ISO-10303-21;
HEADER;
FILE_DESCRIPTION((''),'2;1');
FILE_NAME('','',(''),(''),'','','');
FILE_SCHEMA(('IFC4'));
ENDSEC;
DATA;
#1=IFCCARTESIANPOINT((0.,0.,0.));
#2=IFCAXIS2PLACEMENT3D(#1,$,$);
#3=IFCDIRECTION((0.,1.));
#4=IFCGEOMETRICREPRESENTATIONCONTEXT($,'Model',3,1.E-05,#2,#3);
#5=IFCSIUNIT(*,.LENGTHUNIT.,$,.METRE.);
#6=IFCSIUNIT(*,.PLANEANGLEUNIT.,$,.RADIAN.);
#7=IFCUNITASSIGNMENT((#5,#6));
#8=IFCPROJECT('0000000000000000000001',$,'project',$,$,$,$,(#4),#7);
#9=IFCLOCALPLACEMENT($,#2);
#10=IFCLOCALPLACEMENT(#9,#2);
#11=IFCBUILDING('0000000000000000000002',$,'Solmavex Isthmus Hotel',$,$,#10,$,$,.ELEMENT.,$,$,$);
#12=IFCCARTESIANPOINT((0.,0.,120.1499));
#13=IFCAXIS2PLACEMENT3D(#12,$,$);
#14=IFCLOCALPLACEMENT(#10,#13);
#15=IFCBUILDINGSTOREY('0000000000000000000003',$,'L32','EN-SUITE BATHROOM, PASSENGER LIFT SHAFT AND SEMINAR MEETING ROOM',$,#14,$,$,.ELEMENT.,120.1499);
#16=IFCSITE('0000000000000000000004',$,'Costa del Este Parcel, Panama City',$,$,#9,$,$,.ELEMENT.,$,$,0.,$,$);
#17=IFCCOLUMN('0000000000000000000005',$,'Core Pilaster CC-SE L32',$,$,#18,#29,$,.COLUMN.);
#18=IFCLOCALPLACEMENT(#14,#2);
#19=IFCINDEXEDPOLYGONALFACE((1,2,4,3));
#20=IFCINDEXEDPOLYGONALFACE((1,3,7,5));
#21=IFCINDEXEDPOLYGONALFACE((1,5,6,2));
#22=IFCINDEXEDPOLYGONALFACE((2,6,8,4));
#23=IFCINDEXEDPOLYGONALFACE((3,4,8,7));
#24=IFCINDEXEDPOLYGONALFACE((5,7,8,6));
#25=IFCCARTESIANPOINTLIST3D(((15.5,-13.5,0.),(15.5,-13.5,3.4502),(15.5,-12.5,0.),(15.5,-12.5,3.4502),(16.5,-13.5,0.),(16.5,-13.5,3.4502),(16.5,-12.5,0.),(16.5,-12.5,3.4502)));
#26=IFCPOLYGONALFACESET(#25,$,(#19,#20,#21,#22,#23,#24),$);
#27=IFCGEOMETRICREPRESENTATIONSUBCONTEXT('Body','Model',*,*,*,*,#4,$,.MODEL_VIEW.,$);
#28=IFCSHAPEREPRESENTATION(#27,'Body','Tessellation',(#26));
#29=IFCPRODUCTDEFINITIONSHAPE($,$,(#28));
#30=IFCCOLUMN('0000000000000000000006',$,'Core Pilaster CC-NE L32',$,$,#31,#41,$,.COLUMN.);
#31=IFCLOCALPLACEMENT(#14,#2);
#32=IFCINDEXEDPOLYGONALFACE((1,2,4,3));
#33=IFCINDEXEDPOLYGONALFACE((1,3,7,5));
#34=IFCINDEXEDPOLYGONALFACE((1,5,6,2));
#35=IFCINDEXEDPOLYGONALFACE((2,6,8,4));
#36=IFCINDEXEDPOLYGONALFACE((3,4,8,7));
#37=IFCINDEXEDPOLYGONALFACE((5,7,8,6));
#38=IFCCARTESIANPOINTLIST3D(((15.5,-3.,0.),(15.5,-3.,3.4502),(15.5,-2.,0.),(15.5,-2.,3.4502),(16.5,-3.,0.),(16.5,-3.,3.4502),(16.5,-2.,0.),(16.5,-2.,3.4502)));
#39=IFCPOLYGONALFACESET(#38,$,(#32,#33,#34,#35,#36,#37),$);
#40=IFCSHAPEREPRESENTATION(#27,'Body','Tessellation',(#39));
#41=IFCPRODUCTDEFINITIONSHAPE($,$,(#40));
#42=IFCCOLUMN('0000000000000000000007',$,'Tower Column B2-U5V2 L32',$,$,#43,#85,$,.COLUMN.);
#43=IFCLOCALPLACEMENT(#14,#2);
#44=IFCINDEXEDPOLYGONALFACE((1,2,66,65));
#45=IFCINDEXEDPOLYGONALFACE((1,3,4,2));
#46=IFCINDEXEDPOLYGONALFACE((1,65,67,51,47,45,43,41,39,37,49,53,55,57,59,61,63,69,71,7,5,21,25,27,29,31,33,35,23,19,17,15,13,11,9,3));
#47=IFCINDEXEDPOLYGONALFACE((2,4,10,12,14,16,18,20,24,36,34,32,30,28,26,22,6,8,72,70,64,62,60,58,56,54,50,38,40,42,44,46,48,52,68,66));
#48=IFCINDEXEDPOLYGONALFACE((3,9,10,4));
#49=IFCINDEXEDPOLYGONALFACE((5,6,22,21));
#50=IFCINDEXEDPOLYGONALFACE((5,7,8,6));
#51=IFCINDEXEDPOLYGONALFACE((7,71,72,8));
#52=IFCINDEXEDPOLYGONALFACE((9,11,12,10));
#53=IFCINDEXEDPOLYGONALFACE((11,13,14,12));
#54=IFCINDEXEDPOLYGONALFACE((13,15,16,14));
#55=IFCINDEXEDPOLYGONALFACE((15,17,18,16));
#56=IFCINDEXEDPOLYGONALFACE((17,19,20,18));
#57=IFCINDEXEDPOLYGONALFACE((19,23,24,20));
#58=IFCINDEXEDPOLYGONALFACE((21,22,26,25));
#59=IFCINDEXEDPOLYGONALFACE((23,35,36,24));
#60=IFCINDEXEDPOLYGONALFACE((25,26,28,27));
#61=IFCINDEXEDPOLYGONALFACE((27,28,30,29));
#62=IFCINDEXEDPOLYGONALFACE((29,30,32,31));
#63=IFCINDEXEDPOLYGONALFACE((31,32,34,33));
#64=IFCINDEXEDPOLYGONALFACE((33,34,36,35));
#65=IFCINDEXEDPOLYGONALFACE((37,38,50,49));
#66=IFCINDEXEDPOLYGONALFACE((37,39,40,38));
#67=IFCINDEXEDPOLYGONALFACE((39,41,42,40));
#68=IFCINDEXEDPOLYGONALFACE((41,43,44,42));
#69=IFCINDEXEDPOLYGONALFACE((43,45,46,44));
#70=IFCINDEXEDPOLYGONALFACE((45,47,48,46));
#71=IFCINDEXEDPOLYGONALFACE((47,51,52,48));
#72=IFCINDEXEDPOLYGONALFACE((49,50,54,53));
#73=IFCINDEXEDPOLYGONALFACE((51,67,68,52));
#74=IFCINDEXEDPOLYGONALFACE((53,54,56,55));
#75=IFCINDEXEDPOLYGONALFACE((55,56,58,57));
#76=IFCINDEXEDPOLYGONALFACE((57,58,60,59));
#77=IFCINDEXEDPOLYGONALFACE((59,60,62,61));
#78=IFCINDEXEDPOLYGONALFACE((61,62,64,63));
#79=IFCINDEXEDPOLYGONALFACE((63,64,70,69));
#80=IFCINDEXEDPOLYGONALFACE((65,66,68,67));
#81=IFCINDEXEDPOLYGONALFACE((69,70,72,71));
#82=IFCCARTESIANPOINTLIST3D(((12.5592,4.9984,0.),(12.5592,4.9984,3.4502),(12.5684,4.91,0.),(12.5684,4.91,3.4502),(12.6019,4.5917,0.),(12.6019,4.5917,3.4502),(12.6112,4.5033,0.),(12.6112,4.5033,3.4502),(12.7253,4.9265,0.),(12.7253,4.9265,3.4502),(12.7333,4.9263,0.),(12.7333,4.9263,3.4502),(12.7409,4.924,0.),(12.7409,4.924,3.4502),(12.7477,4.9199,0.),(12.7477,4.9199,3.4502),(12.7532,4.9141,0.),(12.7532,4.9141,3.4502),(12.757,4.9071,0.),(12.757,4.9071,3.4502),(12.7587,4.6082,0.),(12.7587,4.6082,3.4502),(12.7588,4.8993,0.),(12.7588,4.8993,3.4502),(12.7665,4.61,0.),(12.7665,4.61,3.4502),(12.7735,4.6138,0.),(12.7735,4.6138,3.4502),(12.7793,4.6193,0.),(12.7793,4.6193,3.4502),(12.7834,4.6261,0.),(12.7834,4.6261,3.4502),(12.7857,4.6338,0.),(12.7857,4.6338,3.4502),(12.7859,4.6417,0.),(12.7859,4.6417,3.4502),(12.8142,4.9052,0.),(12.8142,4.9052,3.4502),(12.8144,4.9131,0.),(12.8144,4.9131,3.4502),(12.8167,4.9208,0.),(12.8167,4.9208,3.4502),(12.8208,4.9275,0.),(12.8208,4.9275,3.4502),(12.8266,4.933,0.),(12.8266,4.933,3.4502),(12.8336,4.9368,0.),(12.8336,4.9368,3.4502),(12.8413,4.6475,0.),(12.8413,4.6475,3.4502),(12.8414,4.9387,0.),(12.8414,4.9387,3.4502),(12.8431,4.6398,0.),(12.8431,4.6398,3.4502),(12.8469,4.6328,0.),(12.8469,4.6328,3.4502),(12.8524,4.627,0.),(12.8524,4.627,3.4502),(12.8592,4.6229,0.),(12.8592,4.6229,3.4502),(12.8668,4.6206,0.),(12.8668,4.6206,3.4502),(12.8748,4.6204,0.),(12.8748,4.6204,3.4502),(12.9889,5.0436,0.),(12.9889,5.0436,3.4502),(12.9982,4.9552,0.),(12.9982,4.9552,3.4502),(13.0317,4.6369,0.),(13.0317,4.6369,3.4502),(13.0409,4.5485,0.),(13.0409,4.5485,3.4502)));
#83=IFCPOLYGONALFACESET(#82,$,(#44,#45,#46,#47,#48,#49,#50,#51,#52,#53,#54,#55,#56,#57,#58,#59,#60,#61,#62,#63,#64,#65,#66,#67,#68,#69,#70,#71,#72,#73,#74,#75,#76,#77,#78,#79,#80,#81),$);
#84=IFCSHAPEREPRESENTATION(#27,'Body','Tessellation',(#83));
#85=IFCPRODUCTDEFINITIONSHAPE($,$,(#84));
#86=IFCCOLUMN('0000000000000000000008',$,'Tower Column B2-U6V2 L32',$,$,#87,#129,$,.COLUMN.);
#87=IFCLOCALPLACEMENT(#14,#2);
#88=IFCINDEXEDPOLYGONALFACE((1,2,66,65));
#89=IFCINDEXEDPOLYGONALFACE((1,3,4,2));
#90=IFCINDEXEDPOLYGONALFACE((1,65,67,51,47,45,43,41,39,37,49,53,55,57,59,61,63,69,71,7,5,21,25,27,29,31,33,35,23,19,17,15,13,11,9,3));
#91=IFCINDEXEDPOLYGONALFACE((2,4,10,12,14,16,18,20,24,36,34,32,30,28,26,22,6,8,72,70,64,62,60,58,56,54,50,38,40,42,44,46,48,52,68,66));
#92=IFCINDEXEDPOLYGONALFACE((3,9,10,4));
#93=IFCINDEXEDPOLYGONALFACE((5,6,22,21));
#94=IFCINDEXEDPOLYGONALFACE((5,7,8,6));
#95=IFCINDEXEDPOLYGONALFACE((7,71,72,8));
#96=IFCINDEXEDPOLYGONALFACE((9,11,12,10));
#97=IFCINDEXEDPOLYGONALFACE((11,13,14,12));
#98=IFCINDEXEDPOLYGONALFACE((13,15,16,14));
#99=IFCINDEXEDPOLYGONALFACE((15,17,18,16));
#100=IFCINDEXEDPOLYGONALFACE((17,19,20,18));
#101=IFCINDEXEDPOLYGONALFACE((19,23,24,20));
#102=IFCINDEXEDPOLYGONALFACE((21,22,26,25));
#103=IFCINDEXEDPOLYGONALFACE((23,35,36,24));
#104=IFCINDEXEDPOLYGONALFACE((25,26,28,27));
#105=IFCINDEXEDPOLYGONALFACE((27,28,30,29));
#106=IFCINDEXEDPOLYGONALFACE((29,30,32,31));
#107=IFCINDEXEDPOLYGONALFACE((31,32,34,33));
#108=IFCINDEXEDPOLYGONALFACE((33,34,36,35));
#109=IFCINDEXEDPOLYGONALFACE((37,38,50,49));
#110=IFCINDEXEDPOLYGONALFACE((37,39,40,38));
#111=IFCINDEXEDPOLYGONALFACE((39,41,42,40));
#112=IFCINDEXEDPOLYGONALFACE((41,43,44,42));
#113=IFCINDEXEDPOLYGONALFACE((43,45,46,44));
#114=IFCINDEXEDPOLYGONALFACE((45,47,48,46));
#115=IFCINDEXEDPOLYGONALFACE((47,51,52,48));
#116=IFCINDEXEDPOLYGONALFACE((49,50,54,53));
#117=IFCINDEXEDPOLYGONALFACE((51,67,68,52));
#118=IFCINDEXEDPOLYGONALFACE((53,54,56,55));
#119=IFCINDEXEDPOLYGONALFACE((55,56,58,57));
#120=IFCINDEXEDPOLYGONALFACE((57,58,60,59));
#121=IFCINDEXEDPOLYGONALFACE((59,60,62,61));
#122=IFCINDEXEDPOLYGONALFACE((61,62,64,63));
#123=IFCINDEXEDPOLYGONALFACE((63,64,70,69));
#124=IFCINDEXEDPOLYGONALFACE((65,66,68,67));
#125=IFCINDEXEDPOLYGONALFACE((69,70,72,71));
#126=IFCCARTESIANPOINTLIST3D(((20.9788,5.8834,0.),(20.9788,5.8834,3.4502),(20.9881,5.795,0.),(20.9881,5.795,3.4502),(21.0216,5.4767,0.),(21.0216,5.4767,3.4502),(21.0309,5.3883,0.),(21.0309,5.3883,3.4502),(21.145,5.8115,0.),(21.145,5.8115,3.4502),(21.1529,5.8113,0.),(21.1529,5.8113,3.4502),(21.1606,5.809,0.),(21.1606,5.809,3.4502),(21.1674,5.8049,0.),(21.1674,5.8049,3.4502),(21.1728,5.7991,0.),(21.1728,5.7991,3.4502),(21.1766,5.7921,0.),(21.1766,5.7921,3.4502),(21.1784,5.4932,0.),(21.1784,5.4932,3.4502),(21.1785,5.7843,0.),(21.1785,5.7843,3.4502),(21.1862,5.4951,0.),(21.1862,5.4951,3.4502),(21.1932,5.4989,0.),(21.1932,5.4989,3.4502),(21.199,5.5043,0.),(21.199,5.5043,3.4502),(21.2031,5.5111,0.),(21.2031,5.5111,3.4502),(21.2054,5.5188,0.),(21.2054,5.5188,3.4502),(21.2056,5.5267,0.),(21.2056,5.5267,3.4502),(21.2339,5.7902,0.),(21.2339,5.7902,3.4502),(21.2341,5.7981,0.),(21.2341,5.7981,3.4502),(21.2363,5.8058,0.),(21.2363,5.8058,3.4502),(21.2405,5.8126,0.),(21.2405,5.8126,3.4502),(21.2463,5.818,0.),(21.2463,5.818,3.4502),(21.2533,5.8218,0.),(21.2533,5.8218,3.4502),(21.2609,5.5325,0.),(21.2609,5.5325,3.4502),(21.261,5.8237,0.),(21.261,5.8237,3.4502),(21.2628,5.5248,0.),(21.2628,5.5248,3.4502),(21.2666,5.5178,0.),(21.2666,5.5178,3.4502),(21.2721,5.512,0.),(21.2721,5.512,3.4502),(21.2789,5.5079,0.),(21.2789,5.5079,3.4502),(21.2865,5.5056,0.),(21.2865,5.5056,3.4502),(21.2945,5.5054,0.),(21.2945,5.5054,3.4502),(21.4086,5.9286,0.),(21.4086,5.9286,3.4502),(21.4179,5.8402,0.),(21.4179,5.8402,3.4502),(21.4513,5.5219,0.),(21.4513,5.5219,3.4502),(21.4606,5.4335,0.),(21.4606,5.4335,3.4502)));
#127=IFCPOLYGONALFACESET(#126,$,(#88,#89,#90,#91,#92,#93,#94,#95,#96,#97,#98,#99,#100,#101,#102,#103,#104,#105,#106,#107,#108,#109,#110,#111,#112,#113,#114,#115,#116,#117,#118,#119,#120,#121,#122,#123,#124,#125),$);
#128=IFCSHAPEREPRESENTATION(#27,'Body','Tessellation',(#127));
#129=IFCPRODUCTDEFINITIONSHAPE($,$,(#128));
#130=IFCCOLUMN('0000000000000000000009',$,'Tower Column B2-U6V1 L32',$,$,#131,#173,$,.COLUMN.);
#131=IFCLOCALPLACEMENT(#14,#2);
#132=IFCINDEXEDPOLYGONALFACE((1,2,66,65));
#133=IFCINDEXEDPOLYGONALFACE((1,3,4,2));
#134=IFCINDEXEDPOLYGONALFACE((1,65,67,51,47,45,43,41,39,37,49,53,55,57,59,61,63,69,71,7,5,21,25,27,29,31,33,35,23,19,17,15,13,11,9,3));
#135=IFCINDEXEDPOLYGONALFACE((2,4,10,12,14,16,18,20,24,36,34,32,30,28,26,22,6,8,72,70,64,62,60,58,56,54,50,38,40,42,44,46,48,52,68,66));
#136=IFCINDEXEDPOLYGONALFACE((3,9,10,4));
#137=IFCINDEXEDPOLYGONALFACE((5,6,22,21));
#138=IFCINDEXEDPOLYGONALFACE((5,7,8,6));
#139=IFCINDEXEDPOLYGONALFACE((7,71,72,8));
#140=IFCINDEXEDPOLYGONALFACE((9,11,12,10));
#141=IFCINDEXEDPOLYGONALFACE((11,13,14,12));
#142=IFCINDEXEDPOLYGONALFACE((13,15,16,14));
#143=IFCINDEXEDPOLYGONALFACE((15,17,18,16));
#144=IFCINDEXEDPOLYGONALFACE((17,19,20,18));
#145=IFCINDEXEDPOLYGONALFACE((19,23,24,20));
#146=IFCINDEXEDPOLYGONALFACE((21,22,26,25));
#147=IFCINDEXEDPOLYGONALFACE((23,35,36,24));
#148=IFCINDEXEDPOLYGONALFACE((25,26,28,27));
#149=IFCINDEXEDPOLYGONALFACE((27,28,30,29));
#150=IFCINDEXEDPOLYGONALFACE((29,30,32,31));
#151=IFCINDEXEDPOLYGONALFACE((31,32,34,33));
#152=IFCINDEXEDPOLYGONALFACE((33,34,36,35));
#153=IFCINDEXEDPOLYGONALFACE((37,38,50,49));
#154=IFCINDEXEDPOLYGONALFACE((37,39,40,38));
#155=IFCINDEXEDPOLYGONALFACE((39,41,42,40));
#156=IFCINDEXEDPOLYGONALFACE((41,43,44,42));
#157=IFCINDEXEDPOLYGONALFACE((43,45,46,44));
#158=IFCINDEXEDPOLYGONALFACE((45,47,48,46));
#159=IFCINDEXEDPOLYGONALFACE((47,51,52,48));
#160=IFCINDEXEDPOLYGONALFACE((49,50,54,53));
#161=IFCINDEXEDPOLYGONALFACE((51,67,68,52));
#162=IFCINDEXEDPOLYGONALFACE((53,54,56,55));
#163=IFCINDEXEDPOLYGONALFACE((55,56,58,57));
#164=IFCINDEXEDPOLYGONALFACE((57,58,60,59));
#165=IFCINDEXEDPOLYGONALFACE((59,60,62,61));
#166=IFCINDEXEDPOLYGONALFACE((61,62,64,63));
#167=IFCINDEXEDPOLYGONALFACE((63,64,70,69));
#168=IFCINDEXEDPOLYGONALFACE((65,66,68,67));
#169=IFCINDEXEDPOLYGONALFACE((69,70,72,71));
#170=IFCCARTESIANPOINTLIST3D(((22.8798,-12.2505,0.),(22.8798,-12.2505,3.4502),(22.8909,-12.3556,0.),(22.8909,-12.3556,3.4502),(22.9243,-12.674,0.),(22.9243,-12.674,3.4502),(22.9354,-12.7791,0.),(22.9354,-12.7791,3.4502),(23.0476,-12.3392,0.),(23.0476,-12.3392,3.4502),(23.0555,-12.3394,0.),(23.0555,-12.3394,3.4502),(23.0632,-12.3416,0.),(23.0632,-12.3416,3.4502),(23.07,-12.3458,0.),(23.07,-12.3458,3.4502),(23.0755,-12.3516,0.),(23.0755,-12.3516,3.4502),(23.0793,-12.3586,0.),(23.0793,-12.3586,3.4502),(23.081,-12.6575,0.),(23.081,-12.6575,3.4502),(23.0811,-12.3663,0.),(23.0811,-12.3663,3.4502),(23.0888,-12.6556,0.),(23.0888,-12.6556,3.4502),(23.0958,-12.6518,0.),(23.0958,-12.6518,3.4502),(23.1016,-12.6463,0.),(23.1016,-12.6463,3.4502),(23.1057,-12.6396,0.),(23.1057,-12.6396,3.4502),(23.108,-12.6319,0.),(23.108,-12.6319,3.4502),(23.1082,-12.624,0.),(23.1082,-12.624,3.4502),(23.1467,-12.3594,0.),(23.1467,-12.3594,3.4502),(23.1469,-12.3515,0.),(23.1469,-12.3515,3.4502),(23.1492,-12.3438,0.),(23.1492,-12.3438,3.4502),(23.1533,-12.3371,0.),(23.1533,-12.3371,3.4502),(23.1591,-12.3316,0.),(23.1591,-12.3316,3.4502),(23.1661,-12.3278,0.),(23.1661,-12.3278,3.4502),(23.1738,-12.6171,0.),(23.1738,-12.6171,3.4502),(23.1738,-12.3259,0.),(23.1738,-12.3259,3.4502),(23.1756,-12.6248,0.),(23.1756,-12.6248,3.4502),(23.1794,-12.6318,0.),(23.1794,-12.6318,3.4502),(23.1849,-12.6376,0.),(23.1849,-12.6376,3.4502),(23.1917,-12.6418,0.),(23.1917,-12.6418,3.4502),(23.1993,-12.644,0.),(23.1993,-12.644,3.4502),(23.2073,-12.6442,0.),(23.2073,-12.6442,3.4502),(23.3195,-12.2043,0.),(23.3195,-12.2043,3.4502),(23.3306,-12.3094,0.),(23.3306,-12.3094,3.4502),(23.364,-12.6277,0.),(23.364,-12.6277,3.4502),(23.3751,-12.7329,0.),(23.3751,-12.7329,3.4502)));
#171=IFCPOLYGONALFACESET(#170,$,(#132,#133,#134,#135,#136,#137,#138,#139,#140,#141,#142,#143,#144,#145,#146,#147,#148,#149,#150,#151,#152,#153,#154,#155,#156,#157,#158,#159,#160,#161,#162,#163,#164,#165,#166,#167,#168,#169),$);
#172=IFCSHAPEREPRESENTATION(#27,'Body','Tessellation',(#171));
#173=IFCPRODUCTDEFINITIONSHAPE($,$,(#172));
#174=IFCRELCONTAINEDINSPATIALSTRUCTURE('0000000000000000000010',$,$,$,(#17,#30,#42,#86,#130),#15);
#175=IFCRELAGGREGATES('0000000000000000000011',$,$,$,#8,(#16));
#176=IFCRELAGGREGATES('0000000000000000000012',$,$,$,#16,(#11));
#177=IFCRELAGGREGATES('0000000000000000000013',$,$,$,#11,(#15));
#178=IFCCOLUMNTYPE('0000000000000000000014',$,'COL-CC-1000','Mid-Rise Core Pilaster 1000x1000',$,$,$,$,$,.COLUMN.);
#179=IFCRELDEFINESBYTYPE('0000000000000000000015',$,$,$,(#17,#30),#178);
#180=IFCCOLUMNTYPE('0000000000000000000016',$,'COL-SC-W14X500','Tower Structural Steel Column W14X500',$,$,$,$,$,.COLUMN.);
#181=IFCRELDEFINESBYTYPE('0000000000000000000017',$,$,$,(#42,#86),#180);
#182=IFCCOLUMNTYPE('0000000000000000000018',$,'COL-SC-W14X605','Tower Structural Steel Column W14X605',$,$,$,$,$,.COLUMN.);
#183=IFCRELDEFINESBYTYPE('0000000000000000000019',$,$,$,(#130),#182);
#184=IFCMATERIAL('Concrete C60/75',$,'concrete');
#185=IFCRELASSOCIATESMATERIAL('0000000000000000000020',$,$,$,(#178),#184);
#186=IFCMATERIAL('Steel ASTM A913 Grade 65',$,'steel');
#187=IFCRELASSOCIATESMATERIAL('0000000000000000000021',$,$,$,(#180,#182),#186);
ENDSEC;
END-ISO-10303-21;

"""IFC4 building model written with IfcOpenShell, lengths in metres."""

from ifc_helpers import new_model, si_unit, direction, frame, origin, origin_2d, place, context, subcontext, project, spatial, rectangle, i_section, extrude, material, material_profile, profile_set, type_object, element, save


model = new_model("IFC4")

# Units and contexts
model_context = context("Model", 3, precision=1e-05, world=origin(), true_north=direction((0.0, 1.0)))
body_context = subcontext(model_context, "Body", "Model", "MODEL_VIEW")
ifc_project = project(units=[si_unit("LENGTHUNIT", "METRE"), si_unit("PLANEANGLEUNIT", "RADIAN")], contexts=[model_context])

# Site, building, storey
site_placement = place(None, origin())
site = spatial("IfcSite", under=ifc_project, at=site_placement, Name="Costa del Este Parcel, Panama City", CompositionType="ELEMENT", RefElevation=0.0)
building_placement = place(site_placement, origin())
building = spatial("IfcBuilding", under=site, at=building_placement, Name="Solmavex Isthmus Hotel", CompositionType="ELEMENT")
storey_placement = place(building_placement, frame((0.0, 0.0, 120.1499)))
storey = spatial("IfcBuildingStorey", under=building, at=storey_placement, Name="L32", Description="EN-SUITE BATHROOM, PASSENGER LIFT SHAFT AND SEMINAR MEETING ROOM", CompositionType="ELEMENT", Elevation=120.1499)

# Columns
ifc_material_1 = material(Name="Concrete C60/75", Category="concrete")
ifc_material_profile_1 = material_profile(ifc_material_1, rectangle(XDim=1.0, YDim=1.0, at=origin_2d()), Name="RC1000X1000")
ifc_profile_set_1 = profile_set([ifc_material_profile_1], Name="Concrete C60/75")
column_type_1 = type_object("IfcColumnType", Name="COL-CC-1000", Description="Mid-Rise Core Pilaster 1000x1000", PredefinedType="COLUMN", material=ifc_profile_set_1)
for number, where, z_axis, x_axis, name in (
    (1, (16.0, -13.0, 0.0), (0.0, 0.0, 1.0), (1.0, 0.0, 0.0), "Core Pilaster CC-SE L32"),
    (2, (16.0, -2.5, 0.0), (0.0, 0.0, 1.0), (1.0, 0.0, 0.0), "Core Pilaster CC-NE L32"),
):
    element("IfcColumn", number, at=place(storey_placement, frame(where, z_axis=z_axis, x_axis=x_axis)), inside=storey, type_object=column_type_1, Name=name, PredefinedType="COLUMN", context=body_context, shape_type="SweptSolid", body=[
        extrude(rectangle(XDim=1.0, YDim=1.0, at=origin_2d()), origin(), (0.0, 0.0, 1.0), 3.4502),
    ])
ifc_material_2 = material(Name="Steel ASTM A913 Grade 65", Category="steel")
ifc_material_profile_2 = material_profile(ifc_material_2, i_section(OverallWidth=0.4321, OverallDepth=0.4978, WebThickness=0.0557, FlangeThickness=0.0889, FilletRadius=0.0305, at=origin_2d()), Name="W14X500")
ifc_profile_set_2 = profile_set([ifc_material_profile_2], Name="Steel ASTM A913 Grade 65")
column_type_2 = type_object("IfcColumnType", Name="COL-SC-W14X500", Description="Tower Structural Steel Column W14X500", PredefinedType="COLUMN", material=ifc_profile_set_2)
for number, where, z_axis, x_axis, name in (
    (3, (12.8, 4.7734, 0.0), (0.0, 0.0, 1.0), (0.994522, 0.104528, 0.0), "Tower Column B2-U5V2 L32"),
    (4, (21.2197, 5.6584, 0.0), (0.0, 0.0, 1.0), (0.994522, 0.104528, 0.0), "Tower Column B2-U6V2 L32"),
):
    element("IfcColumn", number, at=place(storey_placement, frame(where, z_axis=z_axis, x_axis=x_axis)), inside=storey, type_object=column_type_2, Name=name, PredefinedType="COLUMN", context=body_context, shape_type="SweptSolid", body=[
        extrude(i_section(OverallWidth=0.4321, OverallDepth=0.4978, WebThickness=0.0557, FlangeThickness=0.0889, FilletRadius=0.0305, at=origin_2d()), origin(), (0.0, 0.0, 1.0), 3.4502),
    ])
ifc_material_profile_3 = material_profile(ifc_material_2, i_section(OverallWidth=0.4421, OverallDepth=0.5315, WebThickness=0.0659, FlangeThickness=0.1057, FilletRadius=0.0305, at=origin_2d()), Name="W14X605")
ifc_profile_set_3 = profile_set([ifc_material_profile_3], Name="Steel ASTM A913 Grade 65")
column_type_3 = type_object("IfcColumnType", Name="COL-SC-W14X605", Description="Tower Structural Steel Column W14X605", PredefinedType="COLUMN", material=ifc_profile_set_3)
column_placement = place(storey_placement, frame((23.1274, -12.4917, 0.0), z_axis=(0.0, 0.0, 1.0), x_axis=(0.994522, 0.104528, 0.0)))
element("IfcColumn", 5, at=column_placement, inside=storey, type_object=column_type_3, Name="Tower Column B2-U6V1 L32", PredefinedType="COLUMN", context=body_context, shape_type="SweptSolid", body=[
    extrude(i_section(OverallWidth=0.4421, OverallDepth=0.5315, WebThickness=0.0659, FlangeThickness=0.1057, FilletRadius=0.0305, at=origin_2d()), origin(), (0.0, 0.0, 1.0), 3.4502),
])

save(model, "model.ifc")
